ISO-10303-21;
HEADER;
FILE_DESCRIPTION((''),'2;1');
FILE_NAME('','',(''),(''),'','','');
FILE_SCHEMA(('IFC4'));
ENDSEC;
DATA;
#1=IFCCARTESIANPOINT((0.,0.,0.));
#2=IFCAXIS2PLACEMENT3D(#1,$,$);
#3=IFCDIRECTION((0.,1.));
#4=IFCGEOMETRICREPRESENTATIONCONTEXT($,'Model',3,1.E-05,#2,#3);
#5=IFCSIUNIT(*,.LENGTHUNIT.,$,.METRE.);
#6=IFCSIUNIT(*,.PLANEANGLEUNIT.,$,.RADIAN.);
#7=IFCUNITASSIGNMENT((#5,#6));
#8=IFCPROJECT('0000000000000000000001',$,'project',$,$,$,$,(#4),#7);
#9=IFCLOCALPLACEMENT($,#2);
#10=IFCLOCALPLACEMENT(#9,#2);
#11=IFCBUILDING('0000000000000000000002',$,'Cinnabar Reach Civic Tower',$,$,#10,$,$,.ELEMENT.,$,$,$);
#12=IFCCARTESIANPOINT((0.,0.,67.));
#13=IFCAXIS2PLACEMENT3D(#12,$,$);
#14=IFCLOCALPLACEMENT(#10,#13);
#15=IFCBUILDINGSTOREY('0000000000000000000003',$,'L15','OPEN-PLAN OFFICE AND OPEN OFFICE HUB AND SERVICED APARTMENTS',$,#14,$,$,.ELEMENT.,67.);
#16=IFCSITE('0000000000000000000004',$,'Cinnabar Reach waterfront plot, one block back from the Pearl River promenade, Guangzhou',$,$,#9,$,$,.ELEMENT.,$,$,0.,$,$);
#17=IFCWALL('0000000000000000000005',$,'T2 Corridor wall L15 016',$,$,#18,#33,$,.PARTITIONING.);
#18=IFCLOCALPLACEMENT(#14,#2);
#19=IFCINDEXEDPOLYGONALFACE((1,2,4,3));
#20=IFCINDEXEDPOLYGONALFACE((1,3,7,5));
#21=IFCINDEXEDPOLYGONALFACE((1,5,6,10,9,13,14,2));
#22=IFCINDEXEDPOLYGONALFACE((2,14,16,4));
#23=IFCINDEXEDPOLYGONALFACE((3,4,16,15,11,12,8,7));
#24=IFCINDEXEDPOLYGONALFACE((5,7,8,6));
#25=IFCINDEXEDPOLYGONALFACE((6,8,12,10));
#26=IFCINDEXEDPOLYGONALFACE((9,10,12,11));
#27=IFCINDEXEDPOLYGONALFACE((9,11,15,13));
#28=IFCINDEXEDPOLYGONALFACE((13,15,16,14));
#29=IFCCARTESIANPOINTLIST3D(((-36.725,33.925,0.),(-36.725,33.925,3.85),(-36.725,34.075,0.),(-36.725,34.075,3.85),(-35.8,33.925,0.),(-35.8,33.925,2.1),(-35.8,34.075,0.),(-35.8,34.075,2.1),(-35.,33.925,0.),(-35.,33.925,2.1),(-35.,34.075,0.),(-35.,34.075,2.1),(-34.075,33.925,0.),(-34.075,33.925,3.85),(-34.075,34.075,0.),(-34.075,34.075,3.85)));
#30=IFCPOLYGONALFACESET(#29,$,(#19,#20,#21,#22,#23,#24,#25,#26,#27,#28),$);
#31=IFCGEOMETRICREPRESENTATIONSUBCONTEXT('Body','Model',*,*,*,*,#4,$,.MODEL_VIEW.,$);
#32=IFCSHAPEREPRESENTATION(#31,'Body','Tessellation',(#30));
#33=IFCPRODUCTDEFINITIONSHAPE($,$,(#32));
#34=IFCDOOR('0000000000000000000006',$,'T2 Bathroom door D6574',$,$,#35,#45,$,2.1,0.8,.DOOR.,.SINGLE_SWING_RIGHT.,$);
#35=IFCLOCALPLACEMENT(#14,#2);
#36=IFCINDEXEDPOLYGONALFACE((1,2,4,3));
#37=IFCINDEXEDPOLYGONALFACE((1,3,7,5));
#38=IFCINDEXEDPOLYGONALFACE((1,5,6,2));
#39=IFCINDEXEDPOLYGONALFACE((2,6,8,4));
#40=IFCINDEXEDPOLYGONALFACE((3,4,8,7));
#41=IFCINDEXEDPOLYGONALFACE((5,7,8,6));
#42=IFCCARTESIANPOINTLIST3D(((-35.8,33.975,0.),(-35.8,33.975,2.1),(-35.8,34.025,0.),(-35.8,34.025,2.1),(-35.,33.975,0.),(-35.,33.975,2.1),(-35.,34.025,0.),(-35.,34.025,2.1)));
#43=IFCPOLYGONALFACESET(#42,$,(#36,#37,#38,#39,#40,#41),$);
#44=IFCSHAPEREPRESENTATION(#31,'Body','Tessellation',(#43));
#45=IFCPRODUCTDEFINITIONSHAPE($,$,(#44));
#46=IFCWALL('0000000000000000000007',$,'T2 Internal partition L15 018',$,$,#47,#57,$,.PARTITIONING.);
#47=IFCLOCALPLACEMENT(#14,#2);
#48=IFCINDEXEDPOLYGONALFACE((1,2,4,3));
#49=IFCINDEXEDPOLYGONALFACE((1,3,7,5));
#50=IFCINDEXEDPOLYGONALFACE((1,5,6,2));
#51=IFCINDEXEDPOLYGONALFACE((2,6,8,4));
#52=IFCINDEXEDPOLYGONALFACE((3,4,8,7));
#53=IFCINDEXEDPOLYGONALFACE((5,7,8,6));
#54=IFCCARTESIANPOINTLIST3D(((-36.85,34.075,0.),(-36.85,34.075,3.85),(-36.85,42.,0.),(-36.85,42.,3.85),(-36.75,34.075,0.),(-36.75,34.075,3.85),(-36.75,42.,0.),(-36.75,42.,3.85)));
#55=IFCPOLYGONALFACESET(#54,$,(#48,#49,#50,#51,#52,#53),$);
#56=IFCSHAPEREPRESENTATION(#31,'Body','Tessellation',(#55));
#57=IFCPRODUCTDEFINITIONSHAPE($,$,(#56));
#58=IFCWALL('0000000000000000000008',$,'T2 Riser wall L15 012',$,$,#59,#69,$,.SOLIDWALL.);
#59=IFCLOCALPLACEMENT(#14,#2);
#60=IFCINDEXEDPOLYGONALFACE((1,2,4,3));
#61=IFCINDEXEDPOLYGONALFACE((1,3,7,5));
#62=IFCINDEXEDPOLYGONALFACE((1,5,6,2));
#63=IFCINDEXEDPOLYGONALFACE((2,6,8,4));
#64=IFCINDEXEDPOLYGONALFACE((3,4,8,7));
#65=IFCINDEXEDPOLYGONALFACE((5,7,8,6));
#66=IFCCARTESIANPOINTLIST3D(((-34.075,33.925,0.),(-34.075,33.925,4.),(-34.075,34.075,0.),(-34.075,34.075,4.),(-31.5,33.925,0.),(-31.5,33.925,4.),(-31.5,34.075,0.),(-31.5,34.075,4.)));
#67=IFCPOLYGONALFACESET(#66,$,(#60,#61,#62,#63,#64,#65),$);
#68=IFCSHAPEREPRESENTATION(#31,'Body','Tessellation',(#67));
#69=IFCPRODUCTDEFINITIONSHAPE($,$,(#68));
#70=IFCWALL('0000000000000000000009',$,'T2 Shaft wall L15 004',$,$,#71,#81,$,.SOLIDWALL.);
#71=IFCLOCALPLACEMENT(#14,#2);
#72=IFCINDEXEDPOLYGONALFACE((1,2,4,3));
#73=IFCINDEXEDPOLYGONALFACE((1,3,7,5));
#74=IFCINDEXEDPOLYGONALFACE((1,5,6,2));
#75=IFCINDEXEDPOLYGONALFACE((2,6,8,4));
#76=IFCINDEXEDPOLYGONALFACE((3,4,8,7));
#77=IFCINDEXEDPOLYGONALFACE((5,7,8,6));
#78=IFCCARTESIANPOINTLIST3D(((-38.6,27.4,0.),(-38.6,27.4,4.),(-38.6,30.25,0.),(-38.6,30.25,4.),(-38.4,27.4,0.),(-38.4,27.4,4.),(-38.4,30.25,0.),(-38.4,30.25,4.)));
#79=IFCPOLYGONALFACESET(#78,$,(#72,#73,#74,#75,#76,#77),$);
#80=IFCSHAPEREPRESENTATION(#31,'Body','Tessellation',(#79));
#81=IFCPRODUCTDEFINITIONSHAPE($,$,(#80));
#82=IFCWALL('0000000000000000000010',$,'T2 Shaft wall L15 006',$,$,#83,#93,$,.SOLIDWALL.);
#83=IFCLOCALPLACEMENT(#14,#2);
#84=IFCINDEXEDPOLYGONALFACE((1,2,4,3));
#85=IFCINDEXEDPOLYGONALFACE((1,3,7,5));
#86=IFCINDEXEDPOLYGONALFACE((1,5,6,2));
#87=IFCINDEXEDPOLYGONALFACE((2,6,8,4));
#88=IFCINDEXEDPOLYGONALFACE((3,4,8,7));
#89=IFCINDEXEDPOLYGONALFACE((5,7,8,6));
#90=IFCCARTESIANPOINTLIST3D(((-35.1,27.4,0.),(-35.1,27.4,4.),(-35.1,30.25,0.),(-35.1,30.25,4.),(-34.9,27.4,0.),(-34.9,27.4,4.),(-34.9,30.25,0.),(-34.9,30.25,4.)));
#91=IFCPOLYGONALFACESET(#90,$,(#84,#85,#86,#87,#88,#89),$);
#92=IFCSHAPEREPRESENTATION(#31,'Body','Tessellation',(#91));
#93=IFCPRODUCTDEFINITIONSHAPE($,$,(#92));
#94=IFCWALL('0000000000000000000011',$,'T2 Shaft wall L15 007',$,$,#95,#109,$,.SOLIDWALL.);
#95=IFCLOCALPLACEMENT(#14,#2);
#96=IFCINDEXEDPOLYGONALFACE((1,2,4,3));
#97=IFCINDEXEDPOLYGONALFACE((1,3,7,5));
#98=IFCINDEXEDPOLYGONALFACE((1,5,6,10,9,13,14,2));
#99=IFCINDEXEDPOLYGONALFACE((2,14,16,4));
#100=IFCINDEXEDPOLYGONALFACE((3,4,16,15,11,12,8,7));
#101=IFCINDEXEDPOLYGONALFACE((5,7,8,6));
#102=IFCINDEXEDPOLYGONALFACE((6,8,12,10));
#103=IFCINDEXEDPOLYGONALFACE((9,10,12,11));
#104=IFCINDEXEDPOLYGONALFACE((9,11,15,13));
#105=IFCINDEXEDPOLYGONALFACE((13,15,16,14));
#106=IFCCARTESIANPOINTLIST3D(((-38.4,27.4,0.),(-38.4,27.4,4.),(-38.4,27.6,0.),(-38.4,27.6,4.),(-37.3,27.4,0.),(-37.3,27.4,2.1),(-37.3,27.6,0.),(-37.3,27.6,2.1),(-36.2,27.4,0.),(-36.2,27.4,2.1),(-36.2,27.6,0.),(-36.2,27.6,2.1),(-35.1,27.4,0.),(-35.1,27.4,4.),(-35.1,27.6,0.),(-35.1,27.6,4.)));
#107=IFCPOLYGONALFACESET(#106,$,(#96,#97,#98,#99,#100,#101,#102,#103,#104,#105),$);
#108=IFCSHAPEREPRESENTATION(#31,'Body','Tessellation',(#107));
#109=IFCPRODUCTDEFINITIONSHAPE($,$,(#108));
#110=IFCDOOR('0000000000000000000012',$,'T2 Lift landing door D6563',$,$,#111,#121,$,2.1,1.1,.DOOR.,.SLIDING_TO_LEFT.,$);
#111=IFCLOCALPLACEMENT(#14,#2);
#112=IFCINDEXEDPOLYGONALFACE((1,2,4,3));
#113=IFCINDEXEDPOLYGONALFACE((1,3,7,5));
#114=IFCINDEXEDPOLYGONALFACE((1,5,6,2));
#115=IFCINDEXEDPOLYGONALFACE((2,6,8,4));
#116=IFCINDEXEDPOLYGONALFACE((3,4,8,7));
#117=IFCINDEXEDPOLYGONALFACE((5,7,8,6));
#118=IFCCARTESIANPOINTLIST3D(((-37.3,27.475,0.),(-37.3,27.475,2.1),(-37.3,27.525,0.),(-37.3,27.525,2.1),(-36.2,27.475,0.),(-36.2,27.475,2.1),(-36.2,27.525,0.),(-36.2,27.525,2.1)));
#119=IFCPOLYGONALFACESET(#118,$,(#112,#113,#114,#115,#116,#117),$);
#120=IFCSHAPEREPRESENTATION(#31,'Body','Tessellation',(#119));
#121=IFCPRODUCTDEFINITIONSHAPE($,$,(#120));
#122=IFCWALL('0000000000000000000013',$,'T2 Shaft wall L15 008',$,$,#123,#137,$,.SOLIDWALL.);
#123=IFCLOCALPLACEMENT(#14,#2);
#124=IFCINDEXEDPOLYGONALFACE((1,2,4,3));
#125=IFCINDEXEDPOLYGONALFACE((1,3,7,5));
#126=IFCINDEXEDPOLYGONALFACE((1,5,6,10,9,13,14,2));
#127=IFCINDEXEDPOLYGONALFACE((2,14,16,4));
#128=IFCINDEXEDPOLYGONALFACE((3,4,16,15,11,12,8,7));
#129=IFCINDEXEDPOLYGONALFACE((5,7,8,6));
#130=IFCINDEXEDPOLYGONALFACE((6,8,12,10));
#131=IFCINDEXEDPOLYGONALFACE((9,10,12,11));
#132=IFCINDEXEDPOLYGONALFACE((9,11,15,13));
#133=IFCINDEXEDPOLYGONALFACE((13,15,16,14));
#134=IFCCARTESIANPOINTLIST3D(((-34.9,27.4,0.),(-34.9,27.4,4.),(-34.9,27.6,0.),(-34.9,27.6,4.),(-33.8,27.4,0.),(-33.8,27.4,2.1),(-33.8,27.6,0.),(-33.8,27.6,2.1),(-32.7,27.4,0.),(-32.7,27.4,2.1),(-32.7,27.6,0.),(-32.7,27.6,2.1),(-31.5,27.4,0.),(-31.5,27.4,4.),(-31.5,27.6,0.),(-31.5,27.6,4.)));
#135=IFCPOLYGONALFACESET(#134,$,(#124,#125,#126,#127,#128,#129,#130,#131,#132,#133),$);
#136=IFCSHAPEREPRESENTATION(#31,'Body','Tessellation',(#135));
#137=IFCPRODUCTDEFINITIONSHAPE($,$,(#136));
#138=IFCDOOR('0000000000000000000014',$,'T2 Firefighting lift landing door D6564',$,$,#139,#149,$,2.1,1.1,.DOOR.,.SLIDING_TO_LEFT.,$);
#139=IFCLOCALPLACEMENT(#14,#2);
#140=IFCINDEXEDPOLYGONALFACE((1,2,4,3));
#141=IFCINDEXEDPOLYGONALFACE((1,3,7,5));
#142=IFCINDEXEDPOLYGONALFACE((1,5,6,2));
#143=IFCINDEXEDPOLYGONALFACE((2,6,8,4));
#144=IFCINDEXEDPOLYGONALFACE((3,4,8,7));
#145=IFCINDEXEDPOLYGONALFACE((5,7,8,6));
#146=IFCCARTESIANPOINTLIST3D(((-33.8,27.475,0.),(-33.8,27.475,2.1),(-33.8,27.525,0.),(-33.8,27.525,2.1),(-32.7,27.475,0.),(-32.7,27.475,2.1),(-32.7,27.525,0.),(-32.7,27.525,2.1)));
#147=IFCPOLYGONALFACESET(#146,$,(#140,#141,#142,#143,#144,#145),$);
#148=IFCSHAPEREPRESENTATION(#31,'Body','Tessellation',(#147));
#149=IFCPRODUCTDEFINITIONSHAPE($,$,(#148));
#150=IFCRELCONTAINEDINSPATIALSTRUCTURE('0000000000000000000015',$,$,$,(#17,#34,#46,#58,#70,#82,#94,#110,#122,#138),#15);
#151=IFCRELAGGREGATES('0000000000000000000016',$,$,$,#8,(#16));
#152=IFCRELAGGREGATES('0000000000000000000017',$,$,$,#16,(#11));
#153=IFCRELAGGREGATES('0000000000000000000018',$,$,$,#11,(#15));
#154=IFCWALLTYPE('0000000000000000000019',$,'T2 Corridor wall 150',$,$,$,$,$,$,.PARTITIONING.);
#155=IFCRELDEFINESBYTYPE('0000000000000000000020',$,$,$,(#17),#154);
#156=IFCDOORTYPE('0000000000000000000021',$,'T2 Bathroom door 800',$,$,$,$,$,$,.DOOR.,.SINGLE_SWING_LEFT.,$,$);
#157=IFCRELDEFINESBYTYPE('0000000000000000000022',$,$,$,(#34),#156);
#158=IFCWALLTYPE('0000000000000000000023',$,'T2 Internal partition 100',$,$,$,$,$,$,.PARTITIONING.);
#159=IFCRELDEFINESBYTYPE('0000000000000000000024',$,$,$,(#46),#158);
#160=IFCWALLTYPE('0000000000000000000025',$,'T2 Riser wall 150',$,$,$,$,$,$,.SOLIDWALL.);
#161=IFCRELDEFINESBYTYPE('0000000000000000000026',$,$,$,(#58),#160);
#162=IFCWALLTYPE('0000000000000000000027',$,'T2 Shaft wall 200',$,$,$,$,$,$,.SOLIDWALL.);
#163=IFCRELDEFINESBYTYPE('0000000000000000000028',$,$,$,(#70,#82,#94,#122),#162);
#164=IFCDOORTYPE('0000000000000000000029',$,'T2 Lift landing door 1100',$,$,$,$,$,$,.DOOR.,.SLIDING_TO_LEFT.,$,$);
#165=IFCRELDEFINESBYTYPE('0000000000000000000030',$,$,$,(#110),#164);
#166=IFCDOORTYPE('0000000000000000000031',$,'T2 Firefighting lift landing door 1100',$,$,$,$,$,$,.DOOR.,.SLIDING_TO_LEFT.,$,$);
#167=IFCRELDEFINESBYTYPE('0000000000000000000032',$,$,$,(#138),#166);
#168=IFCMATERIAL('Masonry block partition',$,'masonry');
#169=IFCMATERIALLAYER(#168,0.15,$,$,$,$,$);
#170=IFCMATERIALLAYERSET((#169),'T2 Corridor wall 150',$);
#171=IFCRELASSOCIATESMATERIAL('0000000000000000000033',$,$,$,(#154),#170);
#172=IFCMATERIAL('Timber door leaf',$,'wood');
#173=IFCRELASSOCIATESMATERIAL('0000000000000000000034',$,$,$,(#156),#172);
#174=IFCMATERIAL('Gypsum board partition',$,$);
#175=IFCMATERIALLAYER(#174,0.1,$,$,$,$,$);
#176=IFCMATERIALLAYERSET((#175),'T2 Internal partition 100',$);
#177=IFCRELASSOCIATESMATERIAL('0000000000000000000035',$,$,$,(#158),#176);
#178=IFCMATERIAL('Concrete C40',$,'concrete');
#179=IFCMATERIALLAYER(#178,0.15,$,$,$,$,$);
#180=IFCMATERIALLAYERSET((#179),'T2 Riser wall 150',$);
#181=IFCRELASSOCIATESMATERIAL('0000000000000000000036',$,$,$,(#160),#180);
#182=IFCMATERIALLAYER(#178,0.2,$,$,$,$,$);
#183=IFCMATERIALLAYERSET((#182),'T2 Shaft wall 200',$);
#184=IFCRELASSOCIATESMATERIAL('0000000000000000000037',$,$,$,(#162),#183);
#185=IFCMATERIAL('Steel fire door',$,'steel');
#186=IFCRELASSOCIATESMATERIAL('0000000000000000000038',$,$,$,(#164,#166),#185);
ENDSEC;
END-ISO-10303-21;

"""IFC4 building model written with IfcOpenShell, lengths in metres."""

from ifc_helpers import new_model, si_unit, direction, frame, frame_2d, origin, place, context, subcontext, project, spatial, rectangle, extrude, material, layer, layer_set, type_object, element, fill, save


model = new_model("IFC4")

# Units and contexts
model_context = context("Model", 3, precision=1e-05, world=origin(), true_north=direction((0.0, 1.0)))
body_context = subcontext(model_context, "Body", "Model", "MODEL_VIEW")
ifc_project = project(units=[si_unit("LENGTHUNIT", "METRE"), si_unit("PLANEANGLEUNIT", "RADIAN")], contexts=[model_context])

# Site, building, storey
site_placement = place(None, origin())
site = spatial("IfcSite", under=ifc_project, at=site_placement, Name="Cinnabar Reach waterfront plot, one block back from the Pearl River promenade, Guangzhou", CompositionType="ELEMENT", RefElevation=0.0)
building_placement = place(site_placement, origin())
building = spatial("IfcBuilding", under=site, at=building_placement, Name="Cinnabar Reach Civic Tower", CompositionType="ELEMENT")
storey_placement = place(building_placement, frame((0.0, 0.0, 67.0)))
storey = spatial("IfcBuildingStorey", under=building, at=storey_placement, Name="L15", Description="OPEN-PLAN OFFICE AND OPEN OFFICE HUB AND SERVICED APARTMENTS", CompositionType="ELEMENT", Elevation=67.0)

# Wall, opening, door
ifc_material_1 = material(Name="Steel fire door", Category="steel")
ifc_material_2 = material(Name="Masonry block partition", Category="masonry")
ifc_layer_1 = layer(ifc_material_2, 0.15)
ifc_layer_set_1 = layer_set([ifc_layer_1], Name="T2 Corridor wall 150")
wall_type_1 = type_object("IfcWallType", Name="T2 Corridor wall 150", PredefinedType="PARTITIONING", material=ifc_layer_set_1)
ifc_material_3 = material(Name="Timber door leaf", Category="wood")
door_type_1 = type_object("IfcDoorType", Name="T2 Bathroom door 800", OperationType="SINGLE_SWING_LEFT", PredefinedType="DOOR", material=ifc_material_3)
wall_1_placement = place(storey_placement, frame((-34.075, 34.0, 0.0), z_axis=(0.0, 0.0, 1.0), x_axis=(-1.0, 0.0, 0.0)))
wall_1 = element("IfcWall", 1, at=wall_1_placement, inside=storey, type_object=wall_type_1, Name="T2 Corridor wall L15 016", PredefinedType="PARTITIONING", context=body_context, shape_type="SweptSolid", body=[
    extrude(rectangle(XDim=2.65, YDim=0.15, at=frame_2d((1.325, 0.0))), origin(), (0.0, 0.0, 1.0), 3.85),
])
opening_1_placement = place(wall_1_placement, frame((0.925, 0.0, 0.0)))
opening_1 = element("IfcOpeningElement", 2, at=opening_1_placement, cuts=wall_1, PredefinedType="OPENING", context=body_context, shape_type="SweptSolid", body=[
    extrude(rectangle(XDim=0.8, YDim=2.1, at=frame_2d((0.4, 1.05))), frame((0.0, 0.085, 0.0), z_axis=(0.0, -1.0, 0.0), x_axis=(1.0, 0.0, 0.0)), (0.0, 0.0, 1.0), 0.17),
])
door_1_placement = place(opening_1_placement, frame((0.8, 0.0, 0.0), z_axis=(0.0, 0.0, 1.0), x_axis=(-1.0, 0.0, 0.0)))
door_1 = element("IfcDoor", 3, at=door_1_placement, inside=storey, type_object=door_type_1, Name="T2 Bathroom door D6574", OperationType="SINGLE_SWING_RIGHT", OverallHeight=2.1, OverallWidth=0.8, PredefinedType="DOOR", context=body_context, shape_type="SweptSolid", body=[
    extrude(rectangle(XDim=0.8, YDim=2.1, at=frame_2d((0.4, 1.05))), frame((0.0, 0.025, 0.0), z_axis=(0.0, -1.0, 0.0), x_axis=(1.0, 0.0, 0.0)), (0.0, 0.0, 1.0), 0.05),
])
fill(opening_1, door_1)

# Walls
ifc_material_4 = material(Name="Gypsum board partition")
ifc_layer_2 = layer(ifc_material_4, 0.1)
ifc_layer_set_2 = layer_set([ifc_layer_2], Name="T2 Internal partition 100")
wall_type_2 = type_object("IfcWallType", Name="T2 Internal partition 100", PredefinedType="PARTITIONING", material=ifc_layer_set_2)
wall_2_placement = place(storey_placement, frame((-36.8, 34.075, 0.0), z_axis=(0.0, 0.0, 1.0), x_axis=(0.0, 1.0, 0.0)))
element("IfcWall", 4, at=wall_2_placement, inside=storey, type_object=wall_type_2, Name="T2 Internal partition L15 018", PredefinedType="PARTITIONING", context=body_context, shape_type="SweptSolid", body=[
    extrude(rectangle(XDim=7.925, YDim=0.1, at=frame_2d((3.9625, 0.0))), origin(), (0.0, 0.0, 1.0), 3.85),
])
ifc_material_5 = material(Name="Concrete C40", Category="concrete")
ifc_layer_3 = layer(ifc_material_5, 0.15)
ifc_layer_set_3 = layer_set([ifc_layer_3], Name="T2 Riser wall 150")
wall_type_3 = type_object("IfcWallType", Name="T2 Riser wall 150", PredefinedType="SOLIDWALL", material=ifc_layer_set_3)
wall_3_placement = place(storey_placement, frame((-34.075, 34.0, 0.0), z_axis=(0.0, 0.0, 1.0), x_axis=(1.0, 0.0, 0.0)))
element("IfcWall", 5, at=wall_3_placement, inside=storey, type_object=wall_type_3, Name="T2 Riser wall L15 012", PredefinedType="SOLIDWALL", context=body_context, shape_type="SweptSolid", body=[
    extrude(rectangle(XDim=2.575, YDim=0.15, at=frame_2d((1.2875, 0.0))), origin(), (0.0, 0.0, 1.0), 4.0),
])
ifc_layer_4 = layer(ifc_material_5, 0.2)
ifc_layer_set_4 = layer_set([ifc_layer_4], Name="T2 Shaft wall 200")
wall_type_4 = type_object("IfcWallType", Name="T2 Shaft wall 200", PredefinedType="SOLIDWALL", material=ifc_layer_set_4)
for number, where, z_axis, x_axis, name in (
    (6, (-38.5, 27.4, 0.0), (0.0, 0.0, 1.0), (0.0, 1.0, 0.0), "T2 Shaft wall L15 004"),
    (7, (-35.0, 27.4, 0.0), (0.0, 0.0, 1.0), (0.0, 1.0, 0.0), "T2 Shaft wall L15 006"),
):
    element("IfcWall", number, at=place(storey_placement, frame(where, z_axis=z_axis, x_axis=x_axis)), inside=storey, type_object=wall_type_4, Name=name, PredefinedType="SOLIDWALL", context=body_context, shape_type="SweptSolid", body=[
        extrude(rectangle(XDim=2.85, YDim=0.2, at=frame_2d((1.425, 0.0))), origin(), (0.0, 0.0, 1.0), 4.0),
    ])

# Walls, openings, doors
wall_4_placement = place(storey_placement, frame((-38.4, 27.5, 0.0), z_axis=(0.0, 0.0, 1.0), x_axis=(1.0, 0.0, 0.0)))
wall_4 = element("IfcWall", 8, at=wall_4_placement, inside=storey, type_object=wall_type_4, Name="T2 Shaft wall L15 007", PredefinedType="SOLIDWALL", context=body_context, shape_type="SweptSolid", body=[
    extrude(rectangle(XDim=3.3, YDim=0.2, at=frame_2d((1.65, 0.0))), origin(), (0.0, 0.0, 1.0), 4.0),
])
opening_2_placement = place(wall_4_placement, frame((1.1, 0.0, 0.0)))
opening_2 = element("IfcOpeningElement", 9, at=opening_2_placement, cuts=wall_4, PredefinedType="OPENING", context=body_context, shape_type="SweptSolid", body=[
    extrude(rectangle(XDim=1.1, YDim=2.1, at=frame_2d((0.55, 1.05))), frame((0.0, 0.11, 0.0), z_axis=(0.0, -1.0, 0.0), x_axis=(1.0, 0.0, 0.0)), (0.0, 0.0, 1.0), 0.22),
])
door_type_2 = type_object("IfcDoorType", Name="T2 Lift landing door 1100", OperationType="SLIDING_TO_LEFT", PredefinedType="DOOR", material=ifc_material_1)
door_2_placement = place(opening_2_placement, origin())
door_2 = element("IfcDoor", 10, at=door_2_placement, inside=storey, type_object=door_type_2, Name="T2 Lift landing door D6563", OperationType="SLIDING_TO_LEFT", OverallHeight=2.1, OverallWidth=1.1, PredefinedType="DOOR", context=body_context, shape_type="SweptSolid", body=[
    extrude(rectangle(XDim=1.1, YDim=2.1, at=frame_2d((0.55, 1.05))), frame((0.0, 0.025, 0.0), z_axis=(0.0, -1.0, 0.0), x_axis=(1.0, 0.0, 0.0)), (0.0, 0.0, 1.0), 0.05),
])
fill(opening_2, door_2)
wall_5_placement = place(storey_placement, frame((-34.9, 27.5, 0.0), z_axis=(0.0, 0.0, 1.0), x_axis=(1.0, 0.0, 0.0)))
wall_5 = element("IfcWall", 11, at=wall_5_placement, inside=storey, type_object=wall_type_4, Name="T2 Shaft wall L15 008", PredefinedType="SOLIDWALL", context=body_context, shape_type="SweptSolid", body=[
    extrude(rectangle(XDim=3.4, YDim=0.2, at=frame_2d((1.7, 0.0))), origin(), (0.0, 0.0, 1.0), 4.0),
])
opening_3_placement = place(wall_5_placement, frame((1.1, 0.0, 0.0)))
opening_3 = element("IfcOpeningElement", 12, at=opening_3_placement, cuts=wall_5, PredefinedType="OPENING", context=body_context, shape_type="SweptSolid", body=[
    extrude(rectangle(XDim=1.1, YDim=2.1, at=frame_2d((0.55, 1.05))), frame((0.0, 0.11, 0.0), z_axis=(0.0, -1.0, 0.0), x_axis=(1.0, 0.0, 0.0)), (0.0, 0.0, 1.0), 0.22),
])
door_type_3 = type_object("IfcDoorType", Name="T2 Firefighting lift landing door 1100", OperationType="SLIDING_TO_LEFT", PredefinedType="DOOR", material=ifc_material_1)
door_3_placement = place(opening_3_placement, origin())
door_3 = element("IfcDoor", 13, at=door_3_placement, inside=storey, type_object=door_type_3, Name="T2 Firefighting lift landing door D6564", OperationType="SLIDING_TO_LEFT", OverallHeight=2.1, OverallWidth=1.1, PredefinedType="DOOR", context=body_context, shape_type="SweptSolid", body=[
    extrude(rectangle(XDim=1.1, YDim=2.1, at=frame_2d((0.55, 1.05))), frame((0.0, 0.025, 0.0), z_axis=(0.0, -1.0, 0.0), x_axis=(1.0, 0.0, 0.0)), (0.0, 0.0, 1.0), 0.05),
])
fill(opening_3, door_3)

save(model, "model.ifc")
